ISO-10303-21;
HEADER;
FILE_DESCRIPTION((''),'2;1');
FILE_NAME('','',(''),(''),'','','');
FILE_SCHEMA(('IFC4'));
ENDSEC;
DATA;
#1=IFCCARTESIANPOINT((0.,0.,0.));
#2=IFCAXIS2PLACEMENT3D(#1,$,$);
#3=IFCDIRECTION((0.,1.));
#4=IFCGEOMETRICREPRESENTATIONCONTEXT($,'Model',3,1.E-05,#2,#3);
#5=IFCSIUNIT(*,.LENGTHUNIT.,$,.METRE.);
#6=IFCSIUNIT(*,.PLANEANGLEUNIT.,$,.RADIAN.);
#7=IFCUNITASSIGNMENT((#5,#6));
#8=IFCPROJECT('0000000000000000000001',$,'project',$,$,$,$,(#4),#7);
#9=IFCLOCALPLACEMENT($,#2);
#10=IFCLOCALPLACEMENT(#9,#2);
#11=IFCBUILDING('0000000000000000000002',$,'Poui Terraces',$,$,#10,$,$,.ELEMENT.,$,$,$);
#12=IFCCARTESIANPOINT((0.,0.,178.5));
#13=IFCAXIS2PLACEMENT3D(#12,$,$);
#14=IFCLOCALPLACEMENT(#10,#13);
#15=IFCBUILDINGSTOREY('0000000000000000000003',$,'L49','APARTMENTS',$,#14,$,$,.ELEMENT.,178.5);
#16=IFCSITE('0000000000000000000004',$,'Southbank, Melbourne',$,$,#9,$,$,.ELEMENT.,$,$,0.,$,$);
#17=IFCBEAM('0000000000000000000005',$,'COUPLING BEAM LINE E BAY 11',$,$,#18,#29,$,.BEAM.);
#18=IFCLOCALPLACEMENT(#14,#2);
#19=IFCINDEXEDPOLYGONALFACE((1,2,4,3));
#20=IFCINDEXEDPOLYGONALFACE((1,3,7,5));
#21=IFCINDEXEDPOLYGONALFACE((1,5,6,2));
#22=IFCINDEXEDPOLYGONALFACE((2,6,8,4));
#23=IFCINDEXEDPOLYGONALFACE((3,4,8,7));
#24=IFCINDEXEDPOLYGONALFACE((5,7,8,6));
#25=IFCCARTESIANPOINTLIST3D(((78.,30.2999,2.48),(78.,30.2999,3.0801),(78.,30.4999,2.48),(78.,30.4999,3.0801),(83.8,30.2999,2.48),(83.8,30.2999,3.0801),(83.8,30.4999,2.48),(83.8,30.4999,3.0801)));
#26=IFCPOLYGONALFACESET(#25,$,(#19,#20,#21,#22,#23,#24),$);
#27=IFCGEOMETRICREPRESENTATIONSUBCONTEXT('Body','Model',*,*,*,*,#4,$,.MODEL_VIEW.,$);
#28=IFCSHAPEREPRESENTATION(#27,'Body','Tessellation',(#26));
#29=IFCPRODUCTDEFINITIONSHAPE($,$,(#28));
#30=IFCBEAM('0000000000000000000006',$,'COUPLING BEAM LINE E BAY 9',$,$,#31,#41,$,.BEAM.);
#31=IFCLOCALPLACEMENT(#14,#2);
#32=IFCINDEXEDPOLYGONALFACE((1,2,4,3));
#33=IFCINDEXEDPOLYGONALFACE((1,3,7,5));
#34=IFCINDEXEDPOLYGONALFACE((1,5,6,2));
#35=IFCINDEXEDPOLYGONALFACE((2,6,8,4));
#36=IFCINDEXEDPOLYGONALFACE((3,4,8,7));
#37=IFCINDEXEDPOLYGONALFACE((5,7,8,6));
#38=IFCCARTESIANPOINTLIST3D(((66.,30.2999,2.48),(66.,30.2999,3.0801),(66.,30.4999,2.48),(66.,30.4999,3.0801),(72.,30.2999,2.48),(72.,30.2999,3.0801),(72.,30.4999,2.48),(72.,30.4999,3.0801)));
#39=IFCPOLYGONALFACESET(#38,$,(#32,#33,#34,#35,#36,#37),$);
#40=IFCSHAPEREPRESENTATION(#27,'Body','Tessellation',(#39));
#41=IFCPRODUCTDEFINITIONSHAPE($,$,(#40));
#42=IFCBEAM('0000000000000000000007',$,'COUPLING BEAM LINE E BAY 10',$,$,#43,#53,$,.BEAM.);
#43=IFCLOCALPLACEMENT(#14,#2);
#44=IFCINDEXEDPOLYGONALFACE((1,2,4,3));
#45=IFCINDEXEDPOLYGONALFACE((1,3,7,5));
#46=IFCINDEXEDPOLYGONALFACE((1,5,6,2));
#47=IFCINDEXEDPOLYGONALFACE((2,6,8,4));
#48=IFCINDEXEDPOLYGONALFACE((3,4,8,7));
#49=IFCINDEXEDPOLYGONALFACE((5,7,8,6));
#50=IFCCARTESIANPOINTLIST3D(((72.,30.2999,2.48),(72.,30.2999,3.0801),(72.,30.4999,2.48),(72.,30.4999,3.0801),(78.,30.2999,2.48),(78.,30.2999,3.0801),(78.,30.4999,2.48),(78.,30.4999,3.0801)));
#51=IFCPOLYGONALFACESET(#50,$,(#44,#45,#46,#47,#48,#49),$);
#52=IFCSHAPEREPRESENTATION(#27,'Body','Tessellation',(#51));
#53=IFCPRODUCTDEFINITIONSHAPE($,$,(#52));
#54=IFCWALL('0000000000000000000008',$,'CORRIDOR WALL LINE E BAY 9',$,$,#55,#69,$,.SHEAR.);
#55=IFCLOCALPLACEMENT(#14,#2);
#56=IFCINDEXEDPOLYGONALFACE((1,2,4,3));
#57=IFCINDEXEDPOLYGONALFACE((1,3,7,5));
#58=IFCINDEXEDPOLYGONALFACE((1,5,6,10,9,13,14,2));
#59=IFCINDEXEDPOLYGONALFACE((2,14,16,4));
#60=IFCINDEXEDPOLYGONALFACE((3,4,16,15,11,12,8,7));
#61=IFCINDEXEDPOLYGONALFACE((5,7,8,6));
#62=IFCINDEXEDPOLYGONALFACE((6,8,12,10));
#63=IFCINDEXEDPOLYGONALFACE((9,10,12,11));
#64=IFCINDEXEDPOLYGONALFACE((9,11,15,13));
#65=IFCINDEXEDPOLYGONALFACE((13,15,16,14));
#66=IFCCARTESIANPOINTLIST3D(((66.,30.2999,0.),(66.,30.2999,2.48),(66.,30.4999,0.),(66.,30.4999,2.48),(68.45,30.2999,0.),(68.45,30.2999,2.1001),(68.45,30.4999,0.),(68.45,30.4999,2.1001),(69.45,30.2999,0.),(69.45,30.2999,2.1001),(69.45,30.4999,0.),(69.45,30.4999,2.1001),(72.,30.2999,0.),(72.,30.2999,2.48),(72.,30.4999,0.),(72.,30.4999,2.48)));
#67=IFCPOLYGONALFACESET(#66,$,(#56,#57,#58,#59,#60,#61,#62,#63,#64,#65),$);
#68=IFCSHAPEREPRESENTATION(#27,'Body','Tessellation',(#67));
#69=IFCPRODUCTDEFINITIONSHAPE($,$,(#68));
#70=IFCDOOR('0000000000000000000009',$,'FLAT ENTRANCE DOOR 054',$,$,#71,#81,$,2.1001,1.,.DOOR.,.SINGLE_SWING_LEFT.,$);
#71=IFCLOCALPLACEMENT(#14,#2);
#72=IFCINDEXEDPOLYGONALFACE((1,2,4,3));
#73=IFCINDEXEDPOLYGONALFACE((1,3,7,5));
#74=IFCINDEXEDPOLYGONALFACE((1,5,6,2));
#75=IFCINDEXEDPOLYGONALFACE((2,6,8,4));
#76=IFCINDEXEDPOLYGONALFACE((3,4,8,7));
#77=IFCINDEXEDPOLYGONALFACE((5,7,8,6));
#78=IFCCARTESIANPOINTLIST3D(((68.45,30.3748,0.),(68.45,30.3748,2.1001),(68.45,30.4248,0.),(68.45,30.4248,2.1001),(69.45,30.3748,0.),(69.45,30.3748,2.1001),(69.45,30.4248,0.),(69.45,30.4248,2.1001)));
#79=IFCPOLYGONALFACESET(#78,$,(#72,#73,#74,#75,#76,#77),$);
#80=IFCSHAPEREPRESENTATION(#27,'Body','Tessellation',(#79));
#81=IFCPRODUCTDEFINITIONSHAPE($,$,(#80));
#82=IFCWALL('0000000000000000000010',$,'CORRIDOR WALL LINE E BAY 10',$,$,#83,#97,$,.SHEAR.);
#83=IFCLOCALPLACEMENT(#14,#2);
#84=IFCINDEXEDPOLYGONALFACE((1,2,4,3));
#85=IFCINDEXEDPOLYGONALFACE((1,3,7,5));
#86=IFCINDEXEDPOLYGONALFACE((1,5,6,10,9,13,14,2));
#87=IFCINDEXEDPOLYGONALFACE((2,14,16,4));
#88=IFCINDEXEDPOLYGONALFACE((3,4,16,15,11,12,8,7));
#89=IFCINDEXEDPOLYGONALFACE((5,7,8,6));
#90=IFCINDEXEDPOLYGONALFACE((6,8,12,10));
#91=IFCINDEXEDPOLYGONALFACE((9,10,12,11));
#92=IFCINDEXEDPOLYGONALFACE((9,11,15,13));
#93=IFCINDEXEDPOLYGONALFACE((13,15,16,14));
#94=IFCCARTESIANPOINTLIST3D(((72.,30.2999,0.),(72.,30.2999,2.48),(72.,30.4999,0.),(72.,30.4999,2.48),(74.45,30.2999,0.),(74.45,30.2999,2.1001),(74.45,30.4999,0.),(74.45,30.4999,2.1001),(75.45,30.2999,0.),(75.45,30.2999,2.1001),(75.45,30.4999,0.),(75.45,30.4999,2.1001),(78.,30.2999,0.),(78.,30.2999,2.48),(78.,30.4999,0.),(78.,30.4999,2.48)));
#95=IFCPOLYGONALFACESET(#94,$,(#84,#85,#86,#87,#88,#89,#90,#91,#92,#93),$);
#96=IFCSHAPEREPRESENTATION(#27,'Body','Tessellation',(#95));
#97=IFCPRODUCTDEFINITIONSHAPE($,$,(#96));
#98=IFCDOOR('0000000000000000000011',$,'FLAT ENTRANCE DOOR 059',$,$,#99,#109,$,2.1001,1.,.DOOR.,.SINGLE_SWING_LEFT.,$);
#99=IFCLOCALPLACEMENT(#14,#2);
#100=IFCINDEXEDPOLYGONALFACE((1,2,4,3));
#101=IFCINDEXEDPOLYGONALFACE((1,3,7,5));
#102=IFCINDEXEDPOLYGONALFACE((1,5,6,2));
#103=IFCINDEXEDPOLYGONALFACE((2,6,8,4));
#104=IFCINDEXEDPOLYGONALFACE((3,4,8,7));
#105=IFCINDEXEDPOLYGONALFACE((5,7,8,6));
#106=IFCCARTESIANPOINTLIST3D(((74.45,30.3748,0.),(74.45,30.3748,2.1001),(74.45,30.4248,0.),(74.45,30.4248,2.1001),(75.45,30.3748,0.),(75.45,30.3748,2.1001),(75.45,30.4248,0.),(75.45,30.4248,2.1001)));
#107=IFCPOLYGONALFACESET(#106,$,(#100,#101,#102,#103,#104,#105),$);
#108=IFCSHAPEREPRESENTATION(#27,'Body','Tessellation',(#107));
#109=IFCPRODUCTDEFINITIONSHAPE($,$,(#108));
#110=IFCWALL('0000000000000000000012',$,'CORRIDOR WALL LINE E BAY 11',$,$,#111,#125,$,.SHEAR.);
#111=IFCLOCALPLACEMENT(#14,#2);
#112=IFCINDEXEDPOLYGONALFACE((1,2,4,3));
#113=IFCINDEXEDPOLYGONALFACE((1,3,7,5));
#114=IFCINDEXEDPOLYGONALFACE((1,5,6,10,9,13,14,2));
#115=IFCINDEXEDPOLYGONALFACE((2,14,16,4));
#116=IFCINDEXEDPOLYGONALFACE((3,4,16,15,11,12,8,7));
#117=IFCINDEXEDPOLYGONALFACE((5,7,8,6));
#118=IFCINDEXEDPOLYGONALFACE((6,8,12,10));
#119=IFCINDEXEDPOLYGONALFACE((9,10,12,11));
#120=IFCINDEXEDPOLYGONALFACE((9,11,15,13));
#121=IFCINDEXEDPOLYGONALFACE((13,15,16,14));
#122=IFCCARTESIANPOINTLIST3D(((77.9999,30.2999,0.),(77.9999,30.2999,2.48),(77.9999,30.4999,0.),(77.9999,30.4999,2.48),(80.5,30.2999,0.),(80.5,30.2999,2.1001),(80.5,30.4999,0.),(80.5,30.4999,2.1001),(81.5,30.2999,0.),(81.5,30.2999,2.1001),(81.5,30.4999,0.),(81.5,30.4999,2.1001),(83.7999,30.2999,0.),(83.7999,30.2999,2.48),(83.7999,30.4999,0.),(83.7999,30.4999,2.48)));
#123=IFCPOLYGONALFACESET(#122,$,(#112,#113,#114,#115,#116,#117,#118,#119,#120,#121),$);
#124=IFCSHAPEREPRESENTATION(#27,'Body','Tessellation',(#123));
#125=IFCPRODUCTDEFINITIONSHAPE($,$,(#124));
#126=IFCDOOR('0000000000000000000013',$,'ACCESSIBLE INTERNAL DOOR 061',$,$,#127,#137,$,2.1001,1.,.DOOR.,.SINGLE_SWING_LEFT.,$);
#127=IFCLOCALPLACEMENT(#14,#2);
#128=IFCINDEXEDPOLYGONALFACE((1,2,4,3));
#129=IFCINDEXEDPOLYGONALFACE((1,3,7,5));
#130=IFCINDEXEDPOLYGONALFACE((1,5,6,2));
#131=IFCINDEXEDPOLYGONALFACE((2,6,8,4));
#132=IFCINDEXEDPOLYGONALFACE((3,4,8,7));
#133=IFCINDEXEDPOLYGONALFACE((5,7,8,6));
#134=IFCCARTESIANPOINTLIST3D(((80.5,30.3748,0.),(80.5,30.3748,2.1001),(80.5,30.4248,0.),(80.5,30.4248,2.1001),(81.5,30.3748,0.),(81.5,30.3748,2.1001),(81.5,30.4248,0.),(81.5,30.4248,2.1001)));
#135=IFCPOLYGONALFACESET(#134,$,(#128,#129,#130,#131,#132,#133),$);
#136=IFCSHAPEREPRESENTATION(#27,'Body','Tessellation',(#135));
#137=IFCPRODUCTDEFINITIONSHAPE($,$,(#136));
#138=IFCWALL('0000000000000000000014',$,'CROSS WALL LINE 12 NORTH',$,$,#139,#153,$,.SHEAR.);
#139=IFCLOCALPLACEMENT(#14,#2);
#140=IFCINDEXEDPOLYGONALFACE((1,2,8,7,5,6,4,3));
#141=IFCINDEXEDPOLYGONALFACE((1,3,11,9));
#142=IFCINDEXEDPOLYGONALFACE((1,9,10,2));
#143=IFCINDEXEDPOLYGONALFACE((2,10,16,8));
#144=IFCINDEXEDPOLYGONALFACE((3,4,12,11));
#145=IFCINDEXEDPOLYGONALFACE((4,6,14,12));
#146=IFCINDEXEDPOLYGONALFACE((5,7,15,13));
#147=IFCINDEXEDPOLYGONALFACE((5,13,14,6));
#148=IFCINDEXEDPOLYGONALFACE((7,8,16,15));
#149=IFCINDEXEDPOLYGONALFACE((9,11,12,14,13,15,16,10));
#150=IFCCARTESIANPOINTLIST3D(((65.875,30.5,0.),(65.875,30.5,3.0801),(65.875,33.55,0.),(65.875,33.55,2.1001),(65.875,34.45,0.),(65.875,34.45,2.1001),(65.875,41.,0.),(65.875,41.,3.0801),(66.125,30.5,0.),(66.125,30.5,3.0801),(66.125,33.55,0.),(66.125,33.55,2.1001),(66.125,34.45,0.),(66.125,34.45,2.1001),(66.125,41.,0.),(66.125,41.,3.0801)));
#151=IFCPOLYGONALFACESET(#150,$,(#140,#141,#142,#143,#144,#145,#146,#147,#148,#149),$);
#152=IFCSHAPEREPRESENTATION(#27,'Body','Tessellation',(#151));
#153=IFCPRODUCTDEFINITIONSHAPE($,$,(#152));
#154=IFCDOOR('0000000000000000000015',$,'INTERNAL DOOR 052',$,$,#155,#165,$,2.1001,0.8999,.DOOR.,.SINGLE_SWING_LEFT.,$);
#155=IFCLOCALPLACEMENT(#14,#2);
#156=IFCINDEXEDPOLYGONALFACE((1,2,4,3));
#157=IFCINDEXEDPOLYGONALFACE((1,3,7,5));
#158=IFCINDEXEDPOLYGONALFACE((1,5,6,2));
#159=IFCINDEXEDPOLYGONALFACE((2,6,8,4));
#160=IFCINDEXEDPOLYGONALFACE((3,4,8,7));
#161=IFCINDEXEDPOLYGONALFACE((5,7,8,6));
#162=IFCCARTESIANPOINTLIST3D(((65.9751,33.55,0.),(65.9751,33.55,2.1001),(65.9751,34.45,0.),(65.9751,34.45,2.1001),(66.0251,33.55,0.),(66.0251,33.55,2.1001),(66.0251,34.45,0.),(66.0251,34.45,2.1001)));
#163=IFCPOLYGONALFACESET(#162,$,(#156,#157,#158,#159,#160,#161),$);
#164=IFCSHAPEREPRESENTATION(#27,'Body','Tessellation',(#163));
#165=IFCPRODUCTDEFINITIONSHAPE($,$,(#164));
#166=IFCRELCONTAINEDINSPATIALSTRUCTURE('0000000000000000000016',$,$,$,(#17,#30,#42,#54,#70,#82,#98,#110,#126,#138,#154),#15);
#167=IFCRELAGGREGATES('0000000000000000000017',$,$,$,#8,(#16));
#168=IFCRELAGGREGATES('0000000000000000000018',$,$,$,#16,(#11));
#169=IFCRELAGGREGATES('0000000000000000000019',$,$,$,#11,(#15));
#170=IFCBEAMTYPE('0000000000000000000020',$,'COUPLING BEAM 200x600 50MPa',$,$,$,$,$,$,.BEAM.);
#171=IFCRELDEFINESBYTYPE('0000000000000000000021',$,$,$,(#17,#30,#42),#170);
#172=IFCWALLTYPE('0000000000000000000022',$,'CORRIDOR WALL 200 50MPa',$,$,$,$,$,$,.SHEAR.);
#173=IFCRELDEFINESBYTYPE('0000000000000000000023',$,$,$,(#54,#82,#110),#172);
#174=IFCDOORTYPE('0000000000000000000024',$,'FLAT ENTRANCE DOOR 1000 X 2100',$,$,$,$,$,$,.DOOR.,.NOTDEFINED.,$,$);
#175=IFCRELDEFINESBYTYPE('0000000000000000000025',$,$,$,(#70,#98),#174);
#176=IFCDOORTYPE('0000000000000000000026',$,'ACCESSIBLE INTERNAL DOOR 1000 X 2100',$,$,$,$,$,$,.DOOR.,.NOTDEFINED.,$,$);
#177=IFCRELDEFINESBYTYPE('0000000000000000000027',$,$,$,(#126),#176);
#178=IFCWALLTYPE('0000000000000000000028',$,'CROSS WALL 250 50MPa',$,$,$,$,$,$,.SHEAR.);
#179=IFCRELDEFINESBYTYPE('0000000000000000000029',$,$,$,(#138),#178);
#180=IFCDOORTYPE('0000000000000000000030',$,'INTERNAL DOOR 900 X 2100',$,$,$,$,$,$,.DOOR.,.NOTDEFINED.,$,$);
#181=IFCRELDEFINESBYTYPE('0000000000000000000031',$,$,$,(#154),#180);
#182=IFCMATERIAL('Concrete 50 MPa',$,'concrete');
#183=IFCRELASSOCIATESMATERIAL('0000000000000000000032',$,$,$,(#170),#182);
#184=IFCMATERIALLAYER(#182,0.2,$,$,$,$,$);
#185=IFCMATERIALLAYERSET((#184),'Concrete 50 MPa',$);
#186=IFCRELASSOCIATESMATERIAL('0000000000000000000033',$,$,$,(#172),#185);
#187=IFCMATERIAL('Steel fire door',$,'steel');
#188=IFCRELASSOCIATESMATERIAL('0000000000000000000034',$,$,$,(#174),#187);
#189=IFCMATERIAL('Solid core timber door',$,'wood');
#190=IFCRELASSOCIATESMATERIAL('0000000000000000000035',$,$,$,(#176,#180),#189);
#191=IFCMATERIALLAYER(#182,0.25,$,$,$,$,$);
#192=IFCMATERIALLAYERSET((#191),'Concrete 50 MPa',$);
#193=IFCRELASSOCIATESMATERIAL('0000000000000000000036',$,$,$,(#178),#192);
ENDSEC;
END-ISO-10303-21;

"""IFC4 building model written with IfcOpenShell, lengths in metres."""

from ifc_helpers import new_model, si_unit, direction, frame, frame_2d, origin, origin_2d, place, context, subcontext, project, spatial, rectangle, extrude, source, transform, mapped, material, layer, layer_set, material_profile, profile_set, type_object, element, fill, save


model = new_model("IFC4")

# Units and contexts
model_context = context("Model", 3, precision=1e-05, world=origin(), true_north=direction((0.0, 1.0)))
body_context = subcontext(model_context, "Body", "Model", "MODEL_VIEW")
ifc_project = project(units=[si_unit("LENGTHUNIT", "METRE"), si_unit("PLANEANGLEUNIT", "RADIAN")], contexts=[model_context])

# Site, building, storey
site_placement = place(None, origin())
site = spatial("IfcSite", under=ifc_project, at=site_placement, Name="Southbank, Melbourne", CompositionType="ELEMENT", RefElevation=0.0)
building_placement = place(site_placement, origin())
building = spatial("IfcBuilding", under=site, at=building_placement, Name="Poui Terraces", CompositionType="ELEMENT")
storey_placement = place(building_placement, frame((0.0, 0.0, 178.5)))
storey = spatial("IfcBuildingStorey", under=building, at=storey_placement, Name="L49", Description="APARTMENTS", CompositionType="ELEMENT", Elevation=178.5)

# Beams
ifc_material_1 = material(Name="Concrete 50 MPa", Category="concrete")
ifc_material_profile = material_profile(ifc_material_1, rectangle(XDim=0.2, YDim=0.6001, at=origin_2d()), Name="RC 200x600")
ifc_profile_set = profile_set([ifc_material_profile], Name="Concrete 50 MPa")
beam_type = type_object("IfcBeamType", Name="COUPLING BEAM 200x600 50MPa", PredefinedType="BEAM", material=ifc_profile_set)
shared_shape_1 = source(origin(), body_context, "Body", "SweptSolid", [
    extrude(rectangle(XDim=0.2, YDim=0.6001, at=origin_2d()), origin(), (0.0, 0.0, 1.0), 5.8),
])
beam_placement = place(storey_placement, frame((78.0, 30.3999, 2.78), z_axis=(1.0, 0.0, 0.0), x_axis=(0.0, 1.0, 0.0)))
element("IfcBeam", 1, at=beam_placement, inside=storey, type_object=beam_type, Name="COUPLING BEAM LINE E BAY 11", PredefinedType="BEAM", context=body_context, shape_type="MappedRepresentation", body=[
    mapped(shared_shape_1, transform((0.0, 0.0, 0.0))),
])
shared_shape_2 = source(origin(), body_context, "Body", "SweptSolid", [
    extrude(rectangle(XDim=0.2, YDim=0.6001, at=origin_2d()), origin(), (0.0, 0.0, 1.0), 6.0),
])
for number, where, z_axis, x_axis, name in (
    (2, (66.0, 30.3999, 2.78), (1.0, 0.0, 0.0), (0.0, 1.0, 0.0), "COUPLING BEAM LINE E BAY 9"),
    (3, (72.0, 30.3999, 2.78), (1.0, 0.0, 0.0), (0.0, 1.0, 0.0), "COUPLING BEAM LINE E BAY 10"),
):
    element("IfcBeam", number, at=place(storey_placement, frame(where, z_axis=z_axis, x_axis=x_axis)), inside=storey, type_object=beam_type, Name=name, PredefinedType="BEAM", context=body_context, shape_type="MappedRepresentation", body=[
        mapped(shared_shape_2, transform((0.0, 0.0, 0.0))),
    ])

# Walls, openings, doors
ifc_layer_1 = layer(ifc_material_1, 0.2)
ifc_layer_set_1 = layer_set([ifc_layer_1], Name="Concrete 50 MPa")
wall_type_1 = type_object("IfcWallType", Name="CORRIDOR WALL 200 50MPa", PredefinedType="SHEAR", material=ifc_layer_set_1)
wall_1_placement = place(storey_placement, frame((66.0, 30.3999, 0.0), z_axis=(0.0, 0.0, 1.0), x_axis=(1.0, 0.0, 0.0)))
wall_1 = element("IfcWall", 4, at=wall_1_placement, inside=storey, type_object=wall_type_1, Name="CORRIDOR WALL LINE E BAY 9", PredefinedType="SHEAR", context=body_context, shape_type="SweptSolid", body=[
    extrude(rectangle(XDim=6.0, YDim=0.2, at=frame_2d((3.0, 0.0))), origin(), (0.0, 0.0, 1.0), 2.48),
])
opening_1_placement = place(wall_1_placement, frame((2.45, 0.0, 0.0)))
opening_1 = element("IfcOpeningElement", 5, at=opening_1_placement, cuts=wall_1, PredefinedType="OPENING", context=body_context, shape_type="SweptSolid", body=[
    extrude(rectangle(XDim=1.0, YDim=2.1001, at=frame_2d((0.5, 1.05))), frame((0.0, 0.1099, 0.0), z_axis=(0.0, -1.0, 0.0), x_axis=(1.0, 0.0, 0.0)), (0.0, 0.0, 1.0), 0.22),
])
ifc_material_2 = material(Name="Steel fire door", Category="steel")
door_type_1 = type_object("IfcDoorType", Name="FLAT ENTRANCE DOOR 1000 X 2100", OperationType="NOTDEFINED", PredefinedType="DOOR", material=ifc_material_2)
door_1_placement = place(opening_1_placement, origin())
door_1 = element("IfcDoor", 6, at=door_1_placement, inside=storey, type_object=door_type_1, Name="FLAT ENTRANCE DOOR 054", OperationType="SINGLE_SWING_LEFT", OverallHeight=2.1001, OverallWidth=1.0, PredefinedType="DOOR", context=body_context, shape_type="SweptSolid", body=[
    extrude(rectangle(XDim=1.0, YDim=2.1001, at=frame_2d((0.5, 1.05))), frame((0.0, 0.0249, 0.0), z_axis=(0.0, -1.0, 0.0), x_axis=(1.0, 0.0, 0.0)), (0.0, 0.0, 1.0), 0.05),
])
fill(opening_1, door_1)
wall_2_placement = place(storey_placement, frame((72.0, 30.3999, 0.0), z_axis=(0.0, 0.0, 1.0), x_axis=(1.0, 0.0, 0.0)))
wall_2 = element("IfcWall", 7, at=wall_2_placement, inside=storey, type_object=wall_type_1, Name="CORRIDOR WALL LINE E BAY 10", PredefinedType="SHEAR", context=body_context, shape_type="SweptSolid", body=[
    extrude(rectangle(XDim=6.0, YDim=0.2, at=frame_2d((3.0, 0.0))), origin(), (0.0, 0.0, 1.0), 2.48),
])
opening_2_placement = place(wall_2_placement, frame((2.45, 0.0, 0.0)))
opening_2 = element("IfcOpeningElement", 8, at=opening_2_placement, cuts=wall_2, PredefinedType="OPENING", context=body_context, shape_type="SweptSolid", body=[
    extrude(rectangle(XDim=1.0, YDim=2.1001, at=frame_2d((0.5, 1.05))), frame((0.0, 0.1099, 0.0), z_axis=(0.0, -1.0, 0.0), x_axis=(1.0, 0.0, 0.0)), (0.0, 0.0, 1.0), 0.22),
])
door_2_placement = place(opening_2_placement, origin())
door_2 = element("IfcDoor", 9, at=door_2_placement, inside=storey, type_object=door_type_1, Name="FLAT ENTRANCE DOOR 059", OperationType="SINGLE_SWING_LEFT", OverallHeight=2.1001, OverallWidth=1.0, PredefinedType="DOOR", context=body_context, shape_type="SweptSolid", body=[
    extrude(rectangle(XDim=1.0, YDim=2.1001, at=frame_2d((0.5, 1.05))), frame((0.0, 0.0249, 0.0), z_axis=(0.0, -1.0, 0.0), x_axis=(1.0, 0.0, 0.0)), (0.0, 0.0, 1.0), 0.05),
])
fill(opening_2, door_2)
wall_3_placement = place(storey_placement, frame((78.0, 30.3999, 0.0), z_axis=(0.0, 0.0, 1.0), x_axis=(1.0, 0.0, 0.0)))
wall_3 = element("IfcWall", 10, at=wall_3_placement, inside=storey, type_object=wall_type_1, Name="CORRIDOR WALL LINE E BAY 11", PredefinedType="SHEAR", context=body_context, shape_type="SweptSolid", body=[
    extrude(rectangle(XDim=5.8, YDim=0.2, at=frame_2d((2.8999, 0.0))), origin(), (0.0, 0.0, 1.0), 2.48),
])
opening_3_placement = place(wall_3_placement, frame((2.5, 0.0, 0.0)))
opening_3 = element("IfcOpeningElement", 11, at=opening_3_placement, cuts=wall_3, PredefinedType="OPENING", context=body_context, shape_type="SweptSolid", body=[
    extrude(rectangle(XDim=1.0, YDim=2.1001, at=frame_2d((0.5, 1.05))), frame((0.0, 0.1099, 0.0), z_axis=(0.0, -1.0, 0.0), x_axis=(1.0, 0.0, 0.0)), (0.0, 0.0, 1.0), 0.22),
])
ifc_material_3 = material(Name="Solid core timber door", Category="wood")
door_type_2 = type_object("IfcDoorType", Name="ACCESSIBLE INTERNAL DOOR 1000 X 2100", OperationType="NOTDEFINED", PredefinedType="DOOR", material=ifc_material_3)
door_3_placement = place(opening_3_placement, origin())
door_3 = element("IfcDoor", 12, at=door_3_placement, inside=storey, type_object=door_type_2, Name="ACCESSIBLE INTERNAL DOOR 061", OperationType="SINGLE_SWING_LEFT", OverallHeight=2.1001, OverallWidth=1.0, PredefinedType="DOOR", context=body_context, shape_type="SweptSolid", body=[
    extrude(rectangle(XDim=1.0, YDim=2.1001, at=frame_2d((0.5, 1.05))), frame((0.0, 0.0249, 0.0), z_axis=(0.0, -1.0, 0.0), x_axis=(1.0, 0.0, 0.0)), (0.0, 0.0, 1.0), 0.05),
])
fill(opening_3, door_3)
ifc_layer_2 = layer(ifc_material_1, 0.25)
ifc_layer_set_2 = layer_set([ifc_layer_2], Name="Concrete 50 MPa")
wall_type_2 = type_object("IfcWallType", Name="CROSS WALL 250 50MPa", PredefinedType="SHEAR", material=ifc_layer_set_2)
wall_4_placement = place(storey_placement, frame((66.0, 30.5, 0.0), z_axis=(0.0, 0.0, 1.0), x_axis=(0.0, 1.0, 0.0)))
wall_4 = element("IfcWall", 13, at=wall_4_placement, inside=storey, type_object=wall_type_2, Name="CROSS WALL LINE 12 NORTH", PredefinedType="SHEAR", context=body_context, shape_type="SweptSolid", body=[
    extrude(rectangle(XDim=10.5, YDim=0.25, at=frame_2d((5.25, 0.0))), origin(), (0.0, 0.0, 1.0), 3.0801),
])
opening_4_placement = place(wall_4_placement, frame((3.05, 0.0, 0.0)))
opening_4 = element("IfcOpeningElement", 14, at=opening_4_placement, cuts=wall_4, PredefinedType="OPENING", context=body_context, shape_type="SweptSolid", body=[
    extrude(rectangle(XDim=0.8999, YDim=2.1001, at=frame_2d((0.45, 1.05))), frame((0.0, 0.135, 0.0), z_axis=(0.0, -1.0, 0.0), x_axis=(1.0, 0.0, 0.0)), (0.0, 0.0, 1.0), 0.27),
])
door_type_3 = type_object("IfcDoorType", Name="INTERNAL DOOR 900 X 2100", OperationType="NOTDEFINED", PredefinedType="DOOR", material=ifc_material_3)
door_4_placement = place(opening_4_placement, origin())
door_4 = element("IfcDoor", 15, at=door_4_placement, inside=storey, type_object=door_type_3, Name="INTERNAL DOOR 052", OperationType="SINGLE_SWING_LEFT", OverallHeight=2.1001, OverallWidth=0.8999, PredefinedType="DOOR", context=body_context, shape_type="SweptSolid", body=[
    extrude(rectangle(XDim=0.8999, YDim=2.1001, at=frame_2d((0.45, 1.05))), frame((0.0, 0.0249, 0.0), z_axis=(0.0, -1.0, 0.0), x_axis=(1.0, 0.0, 0.0)), (0.0, 0.0, 1.0), 0.05),
])
fill(opening_4, door_4)

save(model, "model.ifc")
